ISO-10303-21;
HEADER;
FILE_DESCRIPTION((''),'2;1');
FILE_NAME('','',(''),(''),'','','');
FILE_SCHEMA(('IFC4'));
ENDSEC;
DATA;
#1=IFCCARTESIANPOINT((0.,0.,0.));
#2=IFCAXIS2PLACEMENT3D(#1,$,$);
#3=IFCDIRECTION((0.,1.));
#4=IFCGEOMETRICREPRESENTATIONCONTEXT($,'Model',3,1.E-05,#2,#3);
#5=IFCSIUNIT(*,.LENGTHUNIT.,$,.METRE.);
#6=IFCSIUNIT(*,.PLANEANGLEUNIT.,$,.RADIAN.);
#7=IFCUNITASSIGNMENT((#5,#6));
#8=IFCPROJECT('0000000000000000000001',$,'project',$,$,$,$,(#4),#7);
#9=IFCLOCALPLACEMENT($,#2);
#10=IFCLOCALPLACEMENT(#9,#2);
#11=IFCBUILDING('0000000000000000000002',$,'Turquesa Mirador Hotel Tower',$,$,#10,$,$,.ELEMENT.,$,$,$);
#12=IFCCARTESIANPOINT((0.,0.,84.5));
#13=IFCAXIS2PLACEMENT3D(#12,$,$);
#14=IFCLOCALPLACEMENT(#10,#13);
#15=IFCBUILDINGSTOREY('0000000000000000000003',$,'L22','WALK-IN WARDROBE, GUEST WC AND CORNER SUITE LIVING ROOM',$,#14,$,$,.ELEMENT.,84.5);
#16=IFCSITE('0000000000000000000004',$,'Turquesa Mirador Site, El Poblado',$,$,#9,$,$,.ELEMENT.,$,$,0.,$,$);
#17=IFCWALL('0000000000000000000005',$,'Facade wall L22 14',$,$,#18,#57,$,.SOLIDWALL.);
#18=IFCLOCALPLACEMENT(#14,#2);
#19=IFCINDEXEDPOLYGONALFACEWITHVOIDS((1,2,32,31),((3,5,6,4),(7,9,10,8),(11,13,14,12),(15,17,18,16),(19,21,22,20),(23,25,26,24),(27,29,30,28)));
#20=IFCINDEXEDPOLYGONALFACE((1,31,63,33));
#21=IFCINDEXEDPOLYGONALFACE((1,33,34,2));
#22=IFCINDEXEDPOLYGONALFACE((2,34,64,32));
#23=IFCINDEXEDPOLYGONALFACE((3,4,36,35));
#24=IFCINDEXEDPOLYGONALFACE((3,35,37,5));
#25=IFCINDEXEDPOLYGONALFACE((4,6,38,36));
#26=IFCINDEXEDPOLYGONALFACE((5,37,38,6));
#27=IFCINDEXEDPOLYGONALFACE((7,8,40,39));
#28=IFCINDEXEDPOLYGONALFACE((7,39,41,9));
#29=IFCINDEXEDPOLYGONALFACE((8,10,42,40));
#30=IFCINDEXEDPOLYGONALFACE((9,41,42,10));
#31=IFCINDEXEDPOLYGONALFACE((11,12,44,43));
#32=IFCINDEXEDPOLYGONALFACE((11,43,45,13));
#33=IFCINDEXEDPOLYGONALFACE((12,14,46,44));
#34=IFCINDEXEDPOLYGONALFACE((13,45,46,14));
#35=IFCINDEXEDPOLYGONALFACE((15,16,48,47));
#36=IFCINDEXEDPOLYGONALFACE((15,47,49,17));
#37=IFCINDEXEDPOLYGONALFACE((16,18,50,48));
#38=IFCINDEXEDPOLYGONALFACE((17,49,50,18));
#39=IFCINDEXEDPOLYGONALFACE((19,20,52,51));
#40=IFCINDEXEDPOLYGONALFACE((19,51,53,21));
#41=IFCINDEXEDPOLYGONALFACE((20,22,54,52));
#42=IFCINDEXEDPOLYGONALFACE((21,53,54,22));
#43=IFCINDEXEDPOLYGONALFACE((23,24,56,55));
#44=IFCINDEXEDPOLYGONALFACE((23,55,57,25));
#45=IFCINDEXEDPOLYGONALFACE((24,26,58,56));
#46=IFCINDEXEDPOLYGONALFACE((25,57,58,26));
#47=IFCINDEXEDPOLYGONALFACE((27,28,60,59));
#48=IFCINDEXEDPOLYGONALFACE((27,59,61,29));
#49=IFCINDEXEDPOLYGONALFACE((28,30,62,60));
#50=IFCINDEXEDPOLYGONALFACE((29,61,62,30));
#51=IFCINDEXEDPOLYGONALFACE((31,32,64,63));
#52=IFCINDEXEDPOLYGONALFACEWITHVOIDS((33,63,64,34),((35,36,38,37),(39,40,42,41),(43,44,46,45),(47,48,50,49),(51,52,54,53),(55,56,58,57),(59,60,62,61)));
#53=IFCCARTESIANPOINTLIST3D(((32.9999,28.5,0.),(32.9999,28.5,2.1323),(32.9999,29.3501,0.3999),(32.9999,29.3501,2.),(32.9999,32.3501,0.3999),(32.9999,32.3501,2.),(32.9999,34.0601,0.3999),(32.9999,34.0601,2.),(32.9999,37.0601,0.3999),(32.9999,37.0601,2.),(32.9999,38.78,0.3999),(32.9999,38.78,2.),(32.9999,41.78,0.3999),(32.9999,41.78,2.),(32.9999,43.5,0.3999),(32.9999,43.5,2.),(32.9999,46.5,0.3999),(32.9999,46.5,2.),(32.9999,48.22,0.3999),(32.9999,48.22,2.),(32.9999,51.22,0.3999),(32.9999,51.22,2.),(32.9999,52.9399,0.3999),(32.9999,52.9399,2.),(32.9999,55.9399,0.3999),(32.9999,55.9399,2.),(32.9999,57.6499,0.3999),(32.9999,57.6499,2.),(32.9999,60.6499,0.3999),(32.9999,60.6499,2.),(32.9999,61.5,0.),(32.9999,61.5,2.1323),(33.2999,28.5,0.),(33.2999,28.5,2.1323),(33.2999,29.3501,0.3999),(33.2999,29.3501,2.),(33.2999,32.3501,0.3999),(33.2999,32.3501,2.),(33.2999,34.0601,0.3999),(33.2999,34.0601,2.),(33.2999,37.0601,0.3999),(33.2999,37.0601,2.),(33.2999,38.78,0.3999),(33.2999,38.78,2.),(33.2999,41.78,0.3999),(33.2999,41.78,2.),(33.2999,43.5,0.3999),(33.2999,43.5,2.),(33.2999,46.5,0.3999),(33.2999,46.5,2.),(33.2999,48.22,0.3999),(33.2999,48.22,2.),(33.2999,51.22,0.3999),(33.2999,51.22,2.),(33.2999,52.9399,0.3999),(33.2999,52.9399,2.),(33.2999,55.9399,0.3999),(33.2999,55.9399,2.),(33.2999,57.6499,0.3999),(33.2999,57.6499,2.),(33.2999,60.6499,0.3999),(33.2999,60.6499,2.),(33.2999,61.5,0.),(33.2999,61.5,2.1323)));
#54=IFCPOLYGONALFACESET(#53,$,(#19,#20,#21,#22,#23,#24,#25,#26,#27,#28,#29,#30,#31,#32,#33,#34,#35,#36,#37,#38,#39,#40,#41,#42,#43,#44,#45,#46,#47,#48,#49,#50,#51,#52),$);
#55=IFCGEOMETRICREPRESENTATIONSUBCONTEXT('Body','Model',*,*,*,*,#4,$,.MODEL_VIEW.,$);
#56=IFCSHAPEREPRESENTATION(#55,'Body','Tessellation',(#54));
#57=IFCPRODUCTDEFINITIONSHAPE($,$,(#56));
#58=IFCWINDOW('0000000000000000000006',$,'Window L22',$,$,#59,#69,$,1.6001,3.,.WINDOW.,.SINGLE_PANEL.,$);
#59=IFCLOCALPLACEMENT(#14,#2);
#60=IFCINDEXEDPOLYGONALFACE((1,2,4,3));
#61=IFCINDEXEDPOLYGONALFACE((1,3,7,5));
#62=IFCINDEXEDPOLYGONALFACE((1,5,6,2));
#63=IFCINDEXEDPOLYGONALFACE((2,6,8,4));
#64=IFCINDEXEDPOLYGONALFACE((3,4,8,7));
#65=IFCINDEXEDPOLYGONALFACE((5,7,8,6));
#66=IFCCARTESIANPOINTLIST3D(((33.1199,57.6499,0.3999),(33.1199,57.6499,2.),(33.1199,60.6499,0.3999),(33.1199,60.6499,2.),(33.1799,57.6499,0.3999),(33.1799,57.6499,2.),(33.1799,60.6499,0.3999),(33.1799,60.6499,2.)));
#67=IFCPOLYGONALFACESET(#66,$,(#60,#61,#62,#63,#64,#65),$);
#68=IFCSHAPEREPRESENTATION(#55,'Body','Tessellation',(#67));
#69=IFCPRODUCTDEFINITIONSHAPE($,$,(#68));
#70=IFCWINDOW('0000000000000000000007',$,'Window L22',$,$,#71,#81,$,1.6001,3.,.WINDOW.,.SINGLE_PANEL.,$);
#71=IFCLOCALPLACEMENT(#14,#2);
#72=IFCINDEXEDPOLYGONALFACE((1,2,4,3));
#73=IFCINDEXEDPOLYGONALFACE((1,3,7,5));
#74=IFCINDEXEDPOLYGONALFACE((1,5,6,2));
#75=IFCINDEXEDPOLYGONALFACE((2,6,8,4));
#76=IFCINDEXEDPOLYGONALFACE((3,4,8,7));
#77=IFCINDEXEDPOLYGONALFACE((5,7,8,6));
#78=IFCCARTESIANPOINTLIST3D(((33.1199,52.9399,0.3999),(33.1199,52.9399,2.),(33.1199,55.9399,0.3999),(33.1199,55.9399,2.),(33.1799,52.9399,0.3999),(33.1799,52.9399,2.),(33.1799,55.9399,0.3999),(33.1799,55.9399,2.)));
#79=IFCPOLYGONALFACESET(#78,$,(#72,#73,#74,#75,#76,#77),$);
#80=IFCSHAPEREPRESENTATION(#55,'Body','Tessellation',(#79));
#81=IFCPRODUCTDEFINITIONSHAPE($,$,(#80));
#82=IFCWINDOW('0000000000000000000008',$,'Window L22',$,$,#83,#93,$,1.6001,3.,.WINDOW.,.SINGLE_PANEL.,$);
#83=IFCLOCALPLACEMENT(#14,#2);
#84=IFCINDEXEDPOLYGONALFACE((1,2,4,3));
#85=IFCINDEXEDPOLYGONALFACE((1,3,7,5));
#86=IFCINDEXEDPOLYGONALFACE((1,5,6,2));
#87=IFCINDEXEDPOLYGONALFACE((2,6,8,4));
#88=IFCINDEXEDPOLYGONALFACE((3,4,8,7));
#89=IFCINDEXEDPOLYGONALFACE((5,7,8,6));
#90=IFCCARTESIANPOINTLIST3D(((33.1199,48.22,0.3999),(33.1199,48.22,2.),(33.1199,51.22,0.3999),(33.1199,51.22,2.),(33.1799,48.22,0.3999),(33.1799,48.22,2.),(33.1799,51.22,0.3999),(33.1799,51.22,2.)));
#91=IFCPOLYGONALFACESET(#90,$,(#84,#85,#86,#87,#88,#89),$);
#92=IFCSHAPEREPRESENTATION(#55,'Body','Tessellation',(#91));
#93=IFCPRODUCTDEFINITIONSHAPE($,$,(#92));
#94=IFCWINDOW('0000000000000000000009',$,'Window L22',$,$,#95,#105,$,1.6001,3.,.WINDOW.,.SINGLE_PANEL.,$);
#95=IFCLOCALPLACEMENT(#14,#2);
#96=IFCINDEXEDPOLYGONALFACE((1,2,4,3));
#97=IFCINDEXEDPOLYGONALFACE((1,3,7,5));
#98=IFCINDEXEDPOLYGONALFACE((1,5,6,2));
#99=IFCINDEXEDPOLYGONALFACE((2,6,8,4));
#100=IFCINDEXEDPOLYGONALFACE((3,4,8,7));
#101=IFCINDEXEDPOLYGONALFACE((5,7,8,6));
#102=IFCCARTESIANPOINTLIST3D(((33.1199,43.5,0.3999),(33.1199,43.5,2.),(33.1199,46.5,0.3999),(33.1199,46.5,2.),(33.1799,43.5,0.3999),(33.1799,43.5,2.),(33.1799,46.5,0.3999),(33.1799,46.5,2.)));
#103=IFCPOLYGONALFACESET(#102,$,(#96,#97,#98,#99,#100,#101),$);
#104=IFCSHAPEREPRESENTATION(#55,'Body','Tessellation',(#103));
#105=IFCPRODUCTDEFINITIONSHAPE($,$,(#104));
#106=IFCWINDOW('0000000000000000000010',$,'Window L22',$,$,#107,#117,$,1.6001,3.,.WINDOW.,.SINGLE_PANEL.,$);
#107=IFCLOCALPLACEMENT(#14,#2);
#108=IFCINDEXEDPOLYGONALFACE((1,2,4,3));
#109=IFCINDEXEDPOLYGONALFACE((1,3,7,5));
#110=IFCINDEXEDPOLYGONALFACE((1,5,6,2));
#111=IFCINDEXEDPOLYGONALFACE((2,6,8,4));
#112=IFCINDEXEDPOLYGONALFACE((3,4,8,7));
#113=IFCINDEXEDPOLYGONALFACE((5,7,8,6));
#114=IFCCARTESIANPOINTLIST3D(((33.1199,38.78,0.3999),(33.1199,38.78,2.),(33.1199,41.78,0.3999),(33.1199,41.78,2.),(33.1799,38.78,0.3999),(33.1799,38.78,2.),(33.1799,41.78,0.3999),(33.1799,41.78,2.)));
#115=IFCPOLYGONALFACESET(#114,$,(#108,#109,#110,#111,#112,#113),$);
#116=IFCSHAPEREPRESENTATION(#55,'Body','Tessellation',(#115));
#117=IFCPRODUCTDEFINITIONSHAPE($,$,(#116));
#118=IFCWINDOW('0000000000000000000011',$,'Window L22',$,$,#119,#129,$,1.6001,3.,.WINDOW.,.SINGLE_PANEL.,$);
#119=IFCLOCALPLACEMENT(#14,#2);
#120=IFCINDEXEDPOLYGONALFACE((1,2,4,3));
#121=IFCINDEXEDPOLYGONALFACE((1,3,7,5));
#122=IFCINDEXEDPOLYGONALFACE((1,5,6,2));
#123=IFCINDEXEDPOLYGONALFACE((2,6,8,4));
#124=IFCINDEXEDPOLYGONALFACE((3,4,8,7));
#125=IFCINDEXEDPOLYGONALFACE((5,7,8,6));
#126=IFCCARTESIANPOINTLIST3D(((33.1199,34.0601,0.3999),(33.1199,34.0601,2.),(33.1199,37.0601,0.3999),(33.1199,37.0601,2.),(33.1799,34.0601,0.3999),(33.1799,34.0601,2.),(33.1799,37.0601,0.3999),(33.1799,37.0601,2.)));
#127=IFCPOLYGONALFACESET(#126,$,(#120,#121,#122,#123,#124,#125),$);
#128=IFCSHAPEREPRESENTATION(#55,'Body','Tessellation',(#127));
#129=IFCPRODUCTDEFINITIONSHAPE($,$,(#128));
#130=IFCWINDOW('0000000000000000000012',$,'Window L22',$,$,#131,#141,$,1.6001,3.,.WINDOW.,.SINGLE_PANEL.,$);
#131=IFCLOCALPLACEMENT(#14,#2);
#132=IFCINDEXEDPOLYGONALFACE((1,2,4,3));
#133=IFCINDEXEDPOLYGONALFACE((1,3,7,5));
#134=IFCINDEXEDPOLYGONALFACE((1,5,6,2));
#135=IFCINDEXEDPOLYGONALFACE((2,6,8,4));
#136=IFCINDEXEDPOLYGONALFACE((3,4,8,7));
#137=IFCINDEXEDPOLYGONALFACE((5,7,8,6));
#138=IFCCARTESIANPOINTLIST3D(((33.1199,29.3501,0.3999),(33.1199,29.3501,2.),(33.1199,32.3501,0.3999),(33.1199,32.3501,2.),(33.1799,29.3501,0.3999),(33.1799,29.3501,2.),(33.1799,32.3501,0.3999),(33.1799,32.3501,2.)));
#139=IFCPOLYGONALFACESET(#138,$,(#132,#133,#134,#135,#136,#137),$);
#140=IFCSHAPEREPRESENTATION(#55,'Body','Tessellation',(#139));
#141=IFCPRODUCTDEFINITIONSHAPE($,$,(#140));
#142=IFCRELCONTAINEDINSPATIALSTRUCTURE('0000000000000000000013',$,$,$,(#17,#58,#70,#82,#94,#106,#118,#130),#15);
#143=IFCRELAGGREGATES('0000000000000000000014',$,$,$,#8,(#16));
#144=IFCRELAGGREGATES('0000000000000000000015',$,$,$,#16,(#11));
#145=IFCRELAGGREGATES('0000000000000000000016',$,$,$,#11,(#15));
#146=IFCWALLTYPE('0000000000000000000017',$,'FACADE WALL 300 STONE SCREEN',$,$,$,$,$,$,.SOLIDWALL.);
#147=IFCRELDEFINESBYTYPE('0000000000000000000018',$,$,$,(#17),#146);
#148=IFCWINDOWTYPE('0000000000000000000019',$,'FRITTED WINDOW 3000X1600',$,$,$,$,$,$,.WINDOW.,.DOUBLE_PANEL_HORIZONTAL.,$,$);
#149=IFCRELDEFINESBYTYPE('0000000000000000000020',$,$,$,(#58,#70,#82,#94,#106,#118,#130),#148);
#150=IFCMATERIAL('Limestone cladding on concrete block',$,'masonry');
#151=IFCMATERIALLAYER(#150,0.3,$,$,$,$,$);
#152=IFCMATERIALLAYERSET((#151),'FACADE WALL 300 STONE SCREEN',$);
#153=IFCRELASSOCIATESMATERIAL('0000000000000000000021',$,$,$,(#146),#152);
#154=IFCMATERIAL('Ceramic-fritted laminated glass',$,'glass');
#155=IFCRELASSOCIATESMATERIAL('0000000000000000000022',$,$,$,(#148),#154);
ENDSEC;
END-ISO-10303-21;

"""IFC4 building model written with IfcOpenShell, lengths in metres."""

from ifc_helpers import new_model, si_unit, direction, frame, frame_2d, origin, place, context, subcontext, project, spatial, rectangle, extrude, material, layer, layer_set, type_object, element, fill, save


model = new_model("IFC4")

# Units and contexts
model_context = context("Model", 3, precision=1e-05, world=origin(), true_north=direction((0.0, 1.0)))
body_context = subcontext(model_context, "Body", "Model", "MODEL_VIEW")
ifc_project = project(units=[si_unit("LENGTHUNIT", "METRE"), si_unit("PLANEANGLEUNIT", "RADIAN")], contexts=[model_context])

# Site, building, storey
site_placement = place(None, origin())
site = spatial("IfcSite", under=ifc_project, at=site_placement, Name="Turquesa Mirador Site, El Poblado", CompositionType="ELEMENT", RefElevation=0.0)
building_placement = place(site_placement, origin())
building = spatial("IfcBuilding", under=site, at=building_placement, Name="Turquesa Mirador Hotel Tower", CompositionType="ELEMENT")
storey_placement = place(building_placement, frame((0.0, 0.0, 84.5)))
storey = spatial("IfcBuildingStorey", under=building, at=storey_placement, Name="L22", Description="WALK-IN WARDROBE, GUEST WC AND CORNER SUITE LIVING ROOM", CompositionType="ELEMENT", Elevation=84.5)

# Shared definitions
ifc_material_1 = material(Name="Limestone cladding on concrete block", Category="masonry")
ifc_layer = layer(ifc_material_1, 0.3)
ifc_layer_set = layer_set([ifc_layer], Name="FACADE WALL 300 STONE SCREEN")
wall_type = type_object("IfcWallType", Name="FACADE WALL 300 STONE SCREEN", PredefinedType="SOLIDWALL", material=ifc_layer_set)

# Wall, openings, windows
wall_1_placement = place(storey_placement, frame((33.1499, 61.5, 0.0), z_axis=(0.0, 0.0, 1.0), x_axis=(0.0, -1.0, 0.0)))
wall_1 = element("IfcWall", 1, at=wall_1_placement, inside=storey, type_object=wall_type, Name="Facade wall L22 14", PredefinedType="SOLIDWALL", context=body_context, shape_type="SweptSolid", body=[
    extrude(rectangle(XDim=33.0, YDim=0.3, at=frame_2d((16.5, 0.0))), origin(), (0.0, 0.0, 1.0), 2.1323),
])
opening_1_placement = place(wall_1_placement, frame((0.8501, 0.0, 0.3999)))
opening_1 = element("IfcOpeningElement", 2, at=opening_1_placement, cuts=wall_1, PredefinedType="OPENING", context=body_context, shape_type="SweptSolid", body=[
    extrude(rectangle(XDim=3.0, YDim=1.6001, at=frame_2d((1.5, 0.8))), frame((0.0, 0.1599, 0.0), z_axis=(0.0, -1.0, 0.0), x_axis=(1.0, 0.0, 0.0)), (0.0, 0.0, 1.0), 0.3201),
])
opening_2_placement = place(wall_1_placement, frame((5.5601, 0.0, 0.3999)))
opening_2 = element("IfcOpeningElement", 3, at=opening_2_placement, cuts=wall_1, PredefinedType="OPENING", context=body_context, shape_type="SweptSolid", body=[
    extrude(rectangle(XDim=3.0, YDim=1.6001, at=frame_2d((1.5, 0.8))), frame((0.0, 0.1599, 0.0), z_axis=(0.0, -1.0, 0.0), x_axis=(1.0, 0.0, 0.0)), (0.0, 0.0, 1.0), 0.3201),
])
opening_3_placement = place(wall_1_placement, frame((10.28, 0.0, 0.3999)))
opening_3 = element("IfcOpeningElement", 4, at=opening_3_placement, cuts=wall_1, PredefinedType="OPENING", context=body_context, shape_type="SweptSolid", body=[
    extrude(rectangle(XDim=3.0, YDim=1.6001, at=frame_2d((1.5, 0.8))), frame((0.0, 0.1599, 0.0), z_axis=(0.0, -1.0, 0.0), x_axis=(1.0, 0.0, 0.0)), (0.0, 0.0, 1.0), 0.3201),
])
opening_4_placement = place(wall_1_placement, frame((15.0, 0.0, 0.3999)))
opening_4 = element("IfcOpeningElement", 5, at=opening_4_placement, cuts=wall_1, PredefinedType="OPENING", context=body_context, shape_type="SweptSolid", body=[
    extrude(rectangle(XDim=3.0, YDim=1.6001, at=frame_2d((1.5, 0.8))), frame((0.0, 0.1599, 0.0), z_axis=(0.0, -1.0, 0.0), x_axis=(1.0, 0.0, 0.0)), (0.0, 0.0, 1.0), 0.3201),
])
opening_5_placement = place(wall_1_placement, frame((19.72, 0.0, 0.3999)))
opening_5 = element("IfcOpeningElement", 6, at=opening_5_placement, cuts=wall_1, PredefinedType="OPENING", context=body_context, shape_type="SweptSolid", body=[
    extrude(rectangle(XDim=3.0, YDim=1.6001, at=frame_2d((1.5, 0.8))), frame((0.0, 0.1599, 0.0), z_axis=(0.0, -1.0, 0.0), x_axis=(1.0, 0.0, 0.0)), (0.0, 0.0, 1.0), 0.3201),
])
opening_6_placement = place(wall_1_placement, frame((24.4399, 0.0, 0.3999)))
opening_6 = element("IfcOpeningElement", 7, at=opening_6_placement, cuts=wall_1, PredefinedType="OPENING", context=body_context, shape_type="SweptSolid", body=[
    extrude(rectangle(XDim=3.0, YDim=1.6001, at=frame_2d((1.5, 0.8))), frame((0.0, 0.1599, 0.0), z_axis=(0.0, -1.0, 0.0), x_axis=(1.0, 0.0, 0.0)), (0.0, 0.0, 1.0), 0.3201),
])
opening_7_placement = place(wall_1_placement, frame((29.1499, 0.0, 0.3999)))
opening_7 = element("IfcOpeningElement", 8, at=opening_7_placement, cuts=wall_1, PredefinedType="OPENING", context=body_context, shape_type="SweptSolid", body=[
    extrude(rectangle(XDim=3.0, YDim=1.6001, at=frame_2d((1.5, 0.8))), frame((0.0, 0.1599, 0.0), z_axis=(0.0, -1.0, 0.0), x_axis=(1.0, 0.0, 0.0)), (0.0, 0.0, 1.0), 0.3201),
])
ifc_material_2 = material(Name="Ceramic-fritted laminated glass", Category="glass")
window_type_1 = type_object("IfcWindowType", Name="FRITTED WINDOW 3000X1600", PartitioningType="DOUBLE_PANEL_HORIZONTAL", PredefinedType="WINDOW", material=ifc_material_2)
window_1_placement = place(opening_1_placement, origin())
window_1 = element("IfcWindow", 9, at=window_1_placement, inside=storey, type_object=window_type_1, Name="Window L22", OverallHeight=1.6001, OverallWidth=3.0, PartitioningType="SINGLE_PANEL", PredefinedType="WINDOW", context=body_context, shape_type="SweptSolid", body=[
    extrude(rectangle(XDim=3.0, YDim=1.6001, at=frame_2d((1.5, 0.8))), frame((0.0, 0.03, 0.0), z_axis=(0.0, -1.0, 0.0), x_axis=(1.0, 0.0, 0.0)), (0.0, 0.0, 1.0), 0.0601),
])
fill(opening_1, window_1)
window_2_placement = place(opening_2_placement, origin())
window_2 = element("IfcWindow", 10, at=window_2_placement, inside=storey, type_object=window_type_1, Name="Window L22", OverallHeight=1.6001, OverallWidth=3.0, PartitioningType="SINGLE_PANEL", PredefinedType="WINDOW", context=body_context, shape_type="SweptSolid", body=[
    extrude(rectangle(XDim=3.0, YDim=1.6001, at=frame_2d((1.5, 0.8))), frame((0.0, 0.03, 0.0), z_axis=(0.0, -1.0, 0.0), x_axis=(1.0, 0.0, 0.0)), (0.0, 0.0, 1.0), 0.0601),
])
fill(opening_2, window_2)
window_3_placement = place(opening_3_placement, origin())
window_3 = element("IfcWindow", 11, at=window_3_placement, inside=storey, type_object=window_type_1, Name="Window L22", OverallHeight=1.6001, OverallWidth=3.0, PartitioningType="SINGLE_PANEL", PredefinedType="WINDOW", context=body_context, shape_type="SweptSolid", body=[
    extrude(rectangle(XDim=3.0, YDim=1.6001, at=frame_2d((1.5, 0.8))), frame((0.0, 0.03, 0.0), z_axis=(0.0, -1.0, 0.0), x_axis=(1.0, 0.0, 0.0)), (0.0, 0.0, 1.0), 0.0601),
])
fill(opening_3, window_3)
window_4_placement = place(opening_4_placement, origin())
window_4 = element("IfcWindow", 12, at=window_4_placement, inside=storey, type_object=window_type_1, Name="Window L22", OverallHeight=1.6001, OverallWidth=3.0, PartitioningType="SINGLE_PANEL", PredefinedType="WINDOW", context=body_context, shape_type="SweptSolid", body=[
    extrude(rectangle(XDim=3.0, YDim=1.6001, at=frame_2d((1.5, 0.8))), frame((0.0, 0.03, 0.0), z_axis=(0.0, -1.0, 0.0), x_axis=(1.0, 0.0, 0.0)), (0.0, 0.0, 1.0), 0.0601),
])
fill(opening_4, window_4)
window_5_placement = place(opening_5_placement, origin())
window_5 = element("IfcWindow", 13, at=window_5_placement, inside=storey, type_object=window_type_1, Name="Window L22", OverallHeight=1.6001, OverallWidth=3.0, PartitioningType="SINGLE_PANEL", PredefinedType="WINDOW", context=body_context, shape_type="SweptSolid", body=[
    extrude(rectangle(XDim=3.0, YDim=1.6001, at=frame_2d((1.5, 0.8))), frame((0.0, 0.03, 0.0), z_axis=(0.0, -1.0, 0.0), x_axis=(1.0, 0.0, 0.0)), (0.0, 0.0, 1.0), 0.0601),
])
fill(opening_5, window_5)
window_6_placement = place(opening_6_placement, origin())
window_6 = element("IfcWindow", 14, at=window_6_placement, inside=storey, type_object=window_type_1, Name="Window L22", OverallHeight=1.6001, OverallWidth=3.0, PartitioningType="SINGLE_PANEL", PredefinedType="WINDOW", context=body_context, shape_type="SweptSolid", body=[
    extrude(rectangle(XDim=3.0, YDim=1.6001, at=frame_2d((1.5, 0.8))), frame((0.0, 0.03, 0.0), z_axis=(0.0, -1.0, 0.0), x_axis=(1.0, 0.0, 0.0)), (0.0, 0.0, 1.0), 0.0601),
])
fill(opening_6, window_6)
window_7_placement = place(opening_7_placement, origin())
window_7 = element("IfcWindow", 15, at=window_7_placement, inside=storey, type_object=window_type_1, Name="Window L22", OverallHeight=1.6001, OverallWidth=3.0, PartitioningType="SINGLE_PANEL", PredefinedType="WINDOW", context=body_context, shape_type="SweptSolid", body=[
    extrude(rectangle(XDim=3.0, YDim=1.6001, at=frame_2d((1.5, 0.8))), frame((0.0, 0.03, 0.0), z_axis=(0.0, -1.0, 0.0), x_axis=(1.0, 0.0, 0.0)), (0.0, 0.0, 1.0), 0.0601),
])
fill(opening_7, window_7)

save(model, "model.ifc")
